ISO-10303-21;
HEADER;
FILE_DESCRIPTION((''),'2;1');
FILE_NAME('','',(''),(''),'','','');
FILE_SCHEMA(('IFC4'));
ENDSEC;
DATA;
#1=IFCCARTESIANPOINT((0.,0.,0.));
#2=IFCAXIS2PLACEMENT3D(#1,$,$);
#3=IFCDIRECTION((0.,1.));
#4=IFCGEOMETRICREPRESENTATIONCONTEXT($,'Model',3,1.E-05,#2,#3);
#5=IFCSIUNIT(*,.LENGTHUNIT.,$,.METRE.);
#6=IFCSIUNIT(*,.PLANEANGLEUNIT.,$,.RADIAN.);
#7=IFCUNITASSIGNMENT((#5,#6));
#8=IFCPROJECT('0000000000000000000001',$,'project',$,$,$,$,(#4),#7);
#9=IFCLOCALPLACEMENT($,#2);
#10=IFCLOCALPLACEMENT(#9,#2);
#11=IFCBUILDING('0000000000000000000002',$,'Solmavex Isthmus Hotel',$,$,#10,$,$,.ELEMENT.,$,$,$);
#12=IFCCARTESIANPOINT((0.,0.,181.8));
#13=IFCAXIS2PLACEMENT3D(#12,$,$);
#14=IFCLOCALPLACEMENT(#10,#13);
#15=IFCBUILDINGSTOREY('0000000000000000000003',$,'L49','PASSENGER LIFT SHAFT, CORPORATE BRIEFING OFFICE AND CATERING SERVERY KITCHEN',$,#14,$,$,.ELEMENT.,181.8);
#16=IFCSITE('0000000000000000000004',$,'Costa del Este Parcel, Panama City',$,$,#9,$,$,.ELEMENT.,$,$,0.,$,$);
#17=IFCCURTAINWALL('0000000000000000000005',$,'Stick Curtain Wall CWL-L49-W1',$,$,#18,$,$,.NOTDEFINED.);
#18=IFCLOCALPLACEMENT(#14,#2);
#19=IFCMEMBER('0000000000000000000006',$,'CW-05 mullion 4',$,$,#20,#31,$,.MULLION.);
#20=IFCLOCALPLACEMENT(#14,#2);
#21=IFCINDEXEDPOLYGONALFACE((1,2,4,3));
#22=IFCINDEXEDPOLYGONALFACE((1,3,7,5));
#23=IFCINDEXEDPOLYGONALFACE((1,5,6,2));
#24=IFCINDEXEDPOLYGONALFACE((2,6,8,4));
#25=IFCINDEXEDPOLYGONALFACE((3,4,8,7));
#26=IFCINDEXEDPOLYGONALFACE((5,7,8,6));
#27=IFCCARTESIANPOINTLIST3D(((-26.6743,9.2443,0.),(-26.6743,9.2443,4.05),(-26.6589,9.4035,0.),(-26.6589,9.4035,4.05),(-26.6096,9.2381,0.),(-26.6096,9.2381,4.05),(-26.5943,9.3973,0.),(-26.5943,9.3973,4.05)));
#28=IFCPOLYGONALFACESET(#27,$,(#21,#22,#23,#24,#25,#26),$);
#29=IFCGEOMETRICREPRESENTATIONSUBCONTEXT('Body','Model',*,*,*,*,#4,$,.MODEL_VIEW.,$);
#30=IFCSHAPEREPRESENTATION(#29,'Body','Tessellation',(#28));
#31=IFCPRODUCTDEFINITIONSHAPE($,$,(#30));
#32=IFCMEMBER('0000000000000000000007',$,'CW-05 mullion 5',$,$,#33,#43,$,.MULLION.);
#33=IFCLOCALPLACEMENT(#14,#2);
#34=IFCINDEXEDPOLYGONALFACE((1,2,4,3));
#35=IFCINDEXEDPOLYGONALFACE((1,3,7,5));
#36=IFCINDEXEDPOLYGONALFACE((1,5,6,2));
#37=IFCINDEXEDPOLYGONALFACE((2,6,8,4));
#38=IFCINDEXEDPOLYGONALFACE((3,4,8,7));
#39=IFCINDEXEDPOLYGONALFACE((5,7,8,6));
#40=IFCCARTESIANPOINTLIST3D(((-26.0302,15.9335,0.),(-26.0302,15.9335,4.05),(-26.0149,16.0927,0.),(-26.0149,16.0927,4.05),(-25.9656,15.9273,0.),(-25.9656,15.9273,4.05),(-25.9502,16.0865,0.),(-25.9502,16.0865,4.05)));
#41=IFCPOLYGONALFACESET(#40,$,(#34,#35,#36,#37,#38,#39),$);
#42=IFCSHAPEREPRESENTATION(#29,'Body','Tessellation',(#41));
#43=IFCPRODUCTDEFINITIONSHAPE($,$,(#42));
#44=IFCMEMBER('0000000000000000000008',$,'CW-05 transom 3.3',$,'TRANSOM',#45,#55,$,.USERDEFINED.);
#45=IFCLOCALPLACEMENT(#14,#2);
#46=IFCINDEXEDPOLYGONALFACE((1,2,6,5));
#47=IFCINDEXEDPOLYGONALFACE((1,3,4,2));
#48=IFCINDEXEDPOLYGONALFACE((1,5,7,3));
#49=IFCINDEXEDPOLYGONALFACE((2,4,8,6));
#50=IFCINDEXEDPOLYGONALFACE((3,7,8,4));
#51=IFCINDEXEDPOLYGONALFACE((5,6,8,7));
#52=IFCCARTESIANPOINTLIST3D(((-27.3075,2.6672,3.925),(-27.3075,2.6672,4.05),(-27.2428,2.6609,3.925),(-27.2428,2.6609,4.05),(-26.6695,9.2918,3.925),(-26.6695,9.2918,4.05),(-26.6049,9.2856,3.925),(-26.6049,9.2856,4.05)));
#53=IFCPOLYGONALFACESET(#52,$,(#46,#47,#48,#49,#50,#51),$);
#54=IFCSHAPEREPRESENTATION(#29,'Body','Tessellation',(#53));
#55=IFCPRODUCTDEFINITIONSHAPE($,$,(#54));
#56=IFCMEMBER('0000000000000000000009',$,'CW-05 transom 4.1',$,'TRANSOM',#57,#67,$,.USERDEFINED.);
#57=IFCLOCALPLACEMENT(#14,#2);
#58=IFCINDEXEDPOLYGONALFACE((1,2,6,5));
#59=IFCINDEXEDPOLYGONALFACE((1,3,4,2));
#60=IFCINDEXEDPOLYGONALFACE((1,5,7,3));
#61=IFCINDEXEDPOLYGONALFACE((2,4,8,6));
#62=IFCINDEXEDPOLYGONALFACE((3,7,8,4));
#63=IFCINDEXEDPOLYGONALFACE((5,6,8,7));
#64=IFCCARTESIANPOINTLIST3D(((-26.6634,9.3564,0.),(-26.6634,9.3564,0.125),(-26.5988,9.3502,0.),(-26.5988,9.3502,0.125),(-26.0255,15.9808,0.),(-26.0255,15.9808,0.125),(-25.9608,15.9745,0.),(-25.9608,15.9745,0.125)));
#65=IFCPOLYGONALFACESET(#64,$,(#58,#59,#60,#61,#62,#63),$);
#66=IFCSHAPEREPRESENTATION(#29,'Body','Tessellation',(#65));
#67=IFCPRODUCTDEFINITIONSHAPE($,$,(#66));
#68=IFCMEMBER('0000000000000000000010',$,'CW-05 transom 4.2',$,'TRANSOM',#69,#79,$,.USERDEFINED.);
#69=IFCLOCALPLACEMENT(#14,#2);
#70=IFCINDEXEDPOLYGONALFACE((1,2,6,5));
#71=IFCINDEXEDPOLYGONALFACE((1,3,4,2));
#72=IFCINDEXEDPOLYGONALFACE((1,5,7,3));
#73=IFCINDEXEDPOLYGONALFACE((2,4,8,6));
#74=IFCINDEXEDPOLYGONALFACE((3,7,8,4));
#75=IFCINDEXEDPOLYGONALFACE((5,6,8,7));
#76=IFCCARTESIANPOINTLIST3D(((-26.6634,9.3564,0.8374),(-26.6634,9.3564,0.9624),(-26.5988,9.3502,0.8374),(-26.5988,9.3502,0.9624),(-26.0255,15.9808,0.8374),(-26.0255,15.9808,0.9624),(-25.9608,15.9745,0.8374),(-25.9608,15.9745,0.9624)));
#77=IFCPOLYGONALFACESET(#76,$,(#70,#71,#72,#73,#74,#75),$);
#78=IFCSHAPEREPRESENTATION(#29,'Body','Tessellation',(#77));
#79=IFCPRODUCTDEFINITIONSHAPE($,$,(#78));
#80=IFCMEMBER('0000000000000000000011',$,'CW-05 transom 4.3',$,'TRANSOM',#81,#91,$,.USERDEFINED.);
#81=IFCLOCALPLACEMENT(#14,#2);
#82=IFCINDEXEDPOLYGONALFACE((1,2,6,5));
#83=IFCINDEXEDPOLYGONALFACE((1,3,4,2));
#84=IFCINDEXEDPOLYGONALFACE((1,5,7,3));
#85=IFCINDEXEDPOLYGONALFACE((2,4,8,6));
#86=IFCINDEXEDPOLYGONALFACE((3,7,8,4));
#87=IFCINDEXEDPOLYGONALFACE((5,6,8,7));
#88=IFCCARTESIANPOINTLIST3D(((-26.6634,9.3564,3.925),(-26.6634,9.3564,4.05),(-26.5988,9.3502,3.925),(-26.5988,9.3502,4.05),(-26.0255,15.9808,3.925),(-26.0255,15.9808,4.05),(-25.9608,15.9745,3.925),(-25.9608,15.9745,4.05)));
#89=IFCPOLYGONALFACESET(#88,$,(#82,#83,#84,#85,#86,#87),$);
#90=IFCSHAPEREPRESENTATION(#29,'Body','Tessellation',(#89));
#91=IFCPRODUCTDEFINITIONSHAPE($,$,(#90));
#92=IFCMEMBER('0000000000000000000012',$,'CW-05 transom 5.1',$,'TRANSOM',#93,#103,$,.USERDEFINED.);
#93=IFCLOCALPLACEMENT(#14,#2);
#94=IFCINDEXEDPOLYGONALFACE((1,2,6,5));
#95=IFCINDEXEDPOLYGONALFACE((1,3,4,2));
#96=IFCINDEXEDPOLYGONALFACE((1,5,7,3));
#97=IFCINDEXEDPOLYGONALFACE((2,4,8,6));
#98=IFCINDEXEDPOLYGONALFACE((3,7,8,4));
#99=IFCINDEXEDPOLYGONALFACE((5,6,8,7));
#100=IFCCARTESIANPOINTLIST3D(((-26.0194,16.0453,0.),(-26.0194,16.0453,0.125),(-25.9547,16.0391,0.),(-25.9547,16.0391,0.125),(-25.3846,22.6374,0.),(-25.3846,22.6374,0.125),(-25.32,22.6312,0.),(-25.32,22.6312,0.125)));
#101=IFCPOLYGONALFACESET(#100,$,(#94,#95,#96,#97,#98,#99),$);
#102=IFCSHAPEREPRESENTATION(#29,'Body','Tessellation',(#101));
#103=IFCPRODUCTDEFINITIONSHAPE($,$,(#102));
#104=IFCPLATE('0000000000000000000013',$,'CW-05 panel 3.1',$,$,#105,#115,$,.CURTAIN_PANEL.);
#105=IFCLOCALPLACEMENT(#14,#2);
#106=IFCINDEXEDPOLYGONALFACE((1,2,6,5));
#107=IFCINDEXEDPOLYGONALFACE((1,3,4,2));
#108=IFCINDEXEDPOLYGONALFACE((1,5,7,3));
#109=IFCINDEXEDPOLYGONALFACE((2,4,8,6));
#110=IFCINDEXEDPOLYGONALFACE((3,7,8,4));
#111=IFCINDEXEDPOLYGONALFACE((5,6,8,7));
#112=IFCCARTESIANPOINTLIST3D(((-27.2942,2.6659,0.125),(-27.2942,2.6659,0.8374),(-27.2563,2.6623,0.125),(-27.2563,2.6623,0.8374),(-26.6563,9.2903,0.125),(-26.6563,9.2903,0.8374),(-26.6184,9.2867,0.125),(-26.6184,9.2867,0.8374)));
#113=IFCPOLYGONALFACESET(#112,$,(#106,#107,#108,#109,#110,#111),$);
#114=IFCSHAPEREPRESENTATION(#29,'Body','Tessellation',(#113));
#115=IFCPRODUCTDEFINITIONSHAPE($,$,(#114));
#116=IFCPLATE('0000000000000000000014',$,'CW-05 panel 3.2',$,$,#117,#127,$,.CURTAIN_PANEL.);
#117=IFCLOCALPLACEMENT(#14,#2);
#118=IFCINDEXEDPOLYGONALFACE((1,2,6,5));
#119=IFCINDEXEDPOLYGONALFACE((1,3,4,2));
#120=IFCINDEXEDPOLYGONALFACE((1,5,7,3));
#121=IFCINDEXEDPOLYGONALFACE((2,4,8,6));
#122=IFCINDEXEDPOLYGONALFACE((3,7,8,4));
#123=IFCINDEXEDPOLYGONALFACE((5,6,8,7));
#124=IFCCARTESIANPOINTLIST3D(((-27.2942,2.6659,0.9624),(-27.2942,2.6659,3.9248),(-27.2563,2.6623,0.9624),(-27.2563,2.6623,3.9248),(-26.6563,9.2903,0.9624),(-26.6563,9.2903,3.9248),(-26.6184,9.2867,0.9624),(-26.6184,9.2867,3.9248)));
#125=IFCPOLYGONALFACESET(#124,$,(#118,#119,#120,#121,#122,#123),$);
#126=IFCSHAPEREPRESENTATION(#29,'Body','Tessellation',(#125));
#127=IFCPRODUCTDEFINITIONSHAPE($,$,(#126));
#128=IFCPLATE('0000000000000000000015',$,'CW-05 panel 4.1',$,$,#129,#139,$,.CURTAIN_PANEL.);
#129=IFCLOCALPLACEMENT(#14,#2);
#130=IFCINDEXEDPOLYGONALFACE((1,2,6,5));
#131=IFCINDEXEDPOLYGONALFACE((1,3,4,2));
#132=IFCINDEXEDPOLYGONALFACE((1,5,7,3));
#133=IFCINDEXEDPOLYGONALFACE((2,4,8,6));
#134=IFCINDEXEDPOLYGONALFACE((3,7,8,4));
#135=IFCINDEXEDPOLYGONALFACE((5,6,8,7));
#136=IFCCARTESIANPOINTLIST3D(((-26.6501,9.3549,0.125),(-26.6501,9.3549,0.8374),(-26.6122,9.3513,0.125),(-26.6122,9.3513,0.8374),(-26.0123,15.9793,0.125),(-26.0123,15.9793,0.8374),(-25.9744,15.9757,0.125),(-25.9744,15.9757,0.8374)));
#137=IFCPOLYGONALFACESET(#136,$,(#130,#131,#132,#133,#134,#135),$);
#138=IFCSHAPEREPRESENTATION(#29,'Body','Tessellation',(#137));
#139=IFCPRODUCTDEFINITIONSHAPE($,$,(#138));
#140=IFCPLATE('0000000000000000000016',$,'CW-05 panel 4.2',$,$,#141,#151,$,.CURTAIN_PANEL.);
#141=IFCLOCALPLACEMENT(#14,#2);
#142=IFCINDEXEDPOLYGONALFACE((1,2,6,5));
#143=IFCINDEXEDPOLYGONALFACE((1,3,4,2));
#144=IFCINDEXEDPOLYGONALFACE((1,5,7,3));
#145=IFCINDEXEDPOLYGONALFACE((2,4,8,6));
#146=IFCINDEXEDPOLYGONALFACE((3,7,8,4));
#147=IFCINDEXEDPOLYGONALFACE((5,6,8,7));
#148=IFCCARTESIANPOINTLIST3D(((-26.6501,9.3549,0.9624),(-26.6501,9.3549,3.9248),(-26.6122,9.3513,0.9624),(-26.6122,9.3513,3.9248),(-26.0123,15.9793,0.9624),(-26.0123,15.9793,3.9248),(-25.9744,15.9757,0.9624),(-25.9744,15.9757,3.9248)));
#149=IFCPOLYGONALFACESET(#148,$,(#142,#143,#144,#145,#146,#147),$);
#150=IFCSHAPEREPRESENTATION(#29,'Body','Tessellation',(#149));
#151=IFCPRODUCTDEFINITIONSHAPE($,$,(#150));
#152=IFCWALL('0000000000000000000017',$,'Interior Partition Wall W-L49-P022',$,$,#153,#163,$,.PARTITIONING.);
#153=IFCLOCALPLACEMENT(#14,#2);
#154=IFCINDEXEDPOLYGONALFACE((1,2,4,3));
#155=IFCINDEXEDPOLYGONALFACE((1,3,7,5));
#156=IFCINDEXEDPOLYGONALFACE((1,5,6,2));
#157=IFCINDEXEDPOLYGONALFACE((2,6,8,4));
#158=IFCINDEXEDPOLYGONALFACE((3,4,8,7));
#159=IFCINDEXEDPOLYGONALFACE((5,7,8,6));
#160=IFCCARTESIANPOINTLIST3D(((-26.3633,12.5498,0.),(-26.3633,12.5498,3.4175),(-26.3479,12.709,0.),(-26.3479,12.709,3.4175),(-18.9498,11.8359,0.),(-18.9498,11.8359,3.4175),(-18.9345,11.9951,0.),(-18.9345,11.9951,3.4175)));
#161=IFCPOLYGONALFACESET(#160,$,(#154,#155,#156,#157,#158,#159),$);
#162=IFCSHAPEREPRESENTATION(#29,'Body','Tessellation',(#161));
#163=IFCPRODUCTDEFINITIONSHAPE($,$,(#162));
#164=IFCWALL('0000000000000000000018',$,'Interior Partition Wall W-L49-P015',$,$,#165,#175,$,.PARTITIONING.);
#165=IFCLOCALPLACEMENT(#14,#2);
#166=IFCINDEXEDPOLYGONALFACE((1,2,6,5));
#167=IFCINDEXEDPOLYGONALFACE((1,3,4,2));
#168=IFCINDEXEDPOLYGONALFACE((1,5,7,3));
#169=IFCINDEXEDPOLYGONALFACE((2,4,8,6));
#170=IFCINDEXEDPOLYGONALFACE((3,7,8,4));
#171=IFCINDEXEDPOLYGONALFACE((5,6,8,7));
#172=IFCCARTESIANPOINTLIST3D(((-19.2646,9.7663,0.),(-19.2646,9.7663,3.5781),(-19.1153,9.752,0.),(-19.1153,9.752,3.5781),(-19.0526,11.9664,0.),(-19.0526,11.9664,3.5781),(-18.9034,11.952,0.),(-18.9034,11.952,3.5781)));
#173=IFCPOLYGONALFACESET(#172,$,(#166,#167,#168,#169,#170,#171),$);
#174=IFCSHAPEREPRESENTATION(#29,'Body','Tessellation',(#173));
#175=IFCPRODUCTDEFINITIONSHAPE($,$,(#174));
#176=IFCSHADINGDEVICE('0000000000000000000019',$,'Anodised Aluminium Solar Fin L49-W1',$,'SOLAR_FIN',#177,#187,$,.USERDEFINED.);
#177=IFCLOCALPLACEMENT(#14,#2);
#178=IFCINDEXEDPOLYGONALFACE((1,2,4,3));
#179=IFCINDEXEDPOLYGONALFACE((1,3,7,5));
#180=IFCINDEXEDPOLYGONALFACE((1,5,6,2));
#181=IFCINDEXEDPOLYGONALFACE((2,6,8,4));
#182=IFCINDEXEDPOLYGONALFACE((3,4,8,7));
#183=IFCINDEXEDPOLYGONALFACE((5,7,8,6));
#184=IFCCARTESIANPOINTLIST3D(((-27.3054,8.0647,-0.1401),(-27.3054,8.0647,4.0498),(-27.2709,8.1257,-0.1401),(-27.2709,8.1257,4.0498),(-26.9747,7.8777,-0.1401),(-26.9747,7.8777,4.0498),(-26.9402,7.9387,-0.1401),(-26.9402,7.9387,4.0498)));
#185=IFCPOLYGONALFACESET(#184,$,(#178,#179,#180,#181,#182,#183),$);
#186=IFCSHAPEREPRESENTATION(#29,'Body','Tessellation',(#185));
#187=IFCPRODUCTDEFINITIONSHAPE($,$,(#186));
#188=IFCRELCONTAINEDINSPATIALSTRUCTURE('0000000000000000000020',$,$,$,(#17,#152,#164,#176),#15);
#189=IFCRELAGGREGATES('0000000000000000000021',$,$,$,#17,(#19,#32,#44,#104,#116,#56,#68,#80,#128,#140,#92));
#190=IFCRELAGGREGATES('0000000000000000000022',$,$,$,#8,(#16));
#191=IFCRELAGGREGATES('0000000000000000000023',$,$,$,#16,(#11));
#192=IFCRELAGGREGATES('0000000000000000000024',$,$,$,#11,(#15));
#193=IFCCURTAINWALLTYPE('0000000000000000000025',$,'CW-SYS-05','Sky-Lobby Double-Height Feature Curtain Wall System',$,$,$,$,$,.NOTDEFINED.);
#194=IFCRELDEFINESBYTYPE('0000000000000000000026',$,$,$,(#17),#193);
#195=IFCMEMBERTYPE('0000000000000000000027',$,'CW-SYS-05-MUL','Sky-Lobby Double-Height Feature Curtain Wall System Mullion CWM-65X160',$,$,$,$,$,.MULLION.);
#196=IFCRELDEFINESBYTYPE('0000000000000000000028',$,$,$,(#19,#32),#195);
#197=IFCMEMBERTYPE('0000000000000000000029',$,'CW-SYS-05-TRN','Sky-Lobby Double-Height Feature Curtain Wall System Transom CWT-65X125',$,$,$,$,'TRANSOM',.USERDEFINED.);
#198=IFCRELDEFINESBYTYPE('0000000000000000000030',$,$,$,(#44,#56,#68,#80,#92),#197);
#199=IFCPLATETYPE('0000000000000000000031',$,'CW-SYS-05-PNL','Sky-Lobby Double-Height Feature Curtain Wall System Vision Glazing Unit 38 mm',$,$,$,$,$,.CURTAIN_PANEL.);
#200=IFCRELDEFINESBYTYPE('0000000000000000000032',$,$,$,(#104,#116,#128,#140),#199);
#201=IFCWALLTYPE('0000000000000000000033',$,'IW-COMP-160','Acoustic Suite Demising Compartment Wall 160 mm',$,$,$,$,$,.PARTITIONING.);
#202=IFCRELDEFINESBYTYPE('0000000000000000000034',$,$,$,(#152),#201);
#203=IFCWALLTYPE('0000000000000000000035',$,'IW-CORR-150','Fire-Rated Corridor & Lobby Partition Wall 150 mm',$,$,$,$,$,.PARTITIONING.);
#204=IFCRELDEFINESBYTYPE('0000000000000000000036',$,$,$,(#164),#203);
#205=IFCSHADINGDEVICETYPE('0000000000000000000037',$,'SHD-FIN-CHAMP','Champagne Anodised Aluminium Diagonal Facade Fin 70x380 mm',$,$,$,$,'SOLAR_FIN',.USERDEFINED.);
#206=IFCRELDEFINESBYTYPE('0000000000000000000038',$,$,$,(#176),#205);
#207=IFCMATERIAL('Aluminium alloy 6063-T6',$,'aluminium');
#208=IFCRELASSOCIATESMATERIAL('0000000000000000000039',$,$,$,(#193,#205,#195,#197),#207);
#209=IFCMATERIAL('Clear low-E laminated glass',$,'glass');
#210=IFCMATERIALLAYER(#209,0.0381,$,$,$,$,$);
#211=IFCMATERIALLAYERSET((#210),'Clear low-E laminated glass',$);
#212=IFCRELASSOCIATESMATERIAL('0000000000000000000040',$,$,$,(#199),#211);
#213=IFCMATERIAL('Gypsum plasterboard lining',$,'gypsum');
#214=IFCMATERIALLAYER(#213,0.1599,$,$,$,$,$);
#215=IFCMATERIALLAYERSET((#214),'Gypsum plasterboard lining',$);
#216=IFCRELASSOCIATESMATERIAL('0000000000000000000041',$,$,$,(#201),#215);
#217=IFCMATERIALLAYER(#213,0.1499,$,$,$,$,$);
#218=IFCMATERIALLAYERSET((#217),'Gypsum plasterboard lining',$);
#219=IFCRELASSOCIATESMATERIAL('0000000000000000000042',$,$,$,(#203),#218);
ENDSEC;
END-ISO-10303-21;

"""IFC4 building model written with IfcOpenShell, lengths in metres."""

from ifc_helpers import new_model, si_unit, direction, frame, frame_2d, origin, origin_2d, place, context, subcontext, project, spatial, rectangle, extrude, material, layer, layer_set, material_profile, profile_set, type_object, element, aggregate, save


model = new_model("IFC4")

# Units and contexts
model_context = context("Model", 3, precision=1e-05, world=origin(), true_north=direction((0.0, 1.0)))
body_context = subcontext(model_context, "Body", "Model", "MODEL_VIEW")
ifc_project = project(units=[si_unit("LENGTHUNIT", "METRE"), si_unit("PLANEANGLEUNIT", "RADIAN")], contexts=[model_context])

# Site, building, storey
site_placement = place(None, origin())
site = spatial("IfcSite", under=ifc_project, at=site_placement, Name="Costa del Este Parcel, Panama City", CompositionType="ELEMENT", RefElevation=0.0)
building_placement = place(site_placement, origin())
building = spatial("IfcBuilding", under=site, at=building_placement, Name="Solmavex Isthmus Hotel", CompositionType="ELEMENT")
storey_placement = place(building_placement, frame((0.0, 0.0, 181.8)))
storey = spatial("IfcBuildingStorey", under=building, at=storey_placement, Name="L49", Description="PASSENGER LIFT SHAFT, CORPORATE BRIEFING OFFICE AND CATERING SERVERY KITCHEN", CompositionType="ELEMENT", Elevation=181.8)

# Curtain wall, members, plates
ifc_material_1 = material(Name="Aluminium alloy 6063-T6", Category="aluminium")
curtain_wall_type = type_object("IfcCurtainWallType", Name="CW-SYS-05", Description="Sky-Lobby Double-Height Feature Curtain Wall System", PredefinedType="NOTDEFINED", material=ifc_material_1)
curtain_wall_placement = place(storey_placement, origin())
curtain_wall = element("IfcCurtainWall", 1, at=curtain_wall_placement, inside=storey, type_object=curtain_wall_type, Name="Stick Curtain Wall CWL-L49-W1", PredefinedType="NOTDEFINED")
ifc_material_profile_1 = material_profile(ifc_material_1, rectangle(XDim=0.0649, YDim=0.1599, at=origin_2d()), Name="CWM-65X160")
ifc_profile_set_1 = profile_set([ifc_material_profile_1], Name="Aluminium alloy 6063-T6")
member_type_1 = type_object("IfcMemberType", Name="CW-SYS-05-MUL", Description="Sky-Lobby Double-Height Feature Curtain Wall System Mullion CWM-65X160", PredefinedType="MULLION", material=ifc_profile_set_1)
member_1_placement = place(storey_placement, frame((-26.6343, 9.3208, 0.0), z_axis=(0.0, 0.0, 1.0), x_axis=(-0.995396, 0.095846, 0.0)))
member_1 = element("IfcMember", 2, at=member_1_placement, type_object=member_type_1, Name="CW-05 mullion 4", PredefinedType="MULLION", context=body_context, shape_type="SweptSolid", body=[
    extrude(rectangle(XDim=0.0649, YDim=0.1599, at=origin_2d()), origin(), (0.0, 0.0, 1.0), 4.05),
])
member_2_placement = place(storey_placement, frame((-25.9902, 16.01, 0.0), z_axis=(0.0, 0.0, 1.0), x_axis=(-0.995396, 0.095846, 0.0)))
member_2 = element("IfcMember", 3, at=member_2_placement, type_object=member_type_1, Name="CW-05 mullion 5", PredefinedType="MULLION", context=body_context, shape_type="SweptSolid", body=[
    extrude(rectangle(XDim=0.0649, YDim=0.1599, at=origin_2d()), origin(), (0.0, 0.0, 1.0), 4.05),
])
ifc_material_profile_2 = material_profile(ifc_material_1, rectangle(XDim=0.0649, YDim=0.125, at=origin_2d()), Name="CWT-65X125")
ifc_profile_set_2 = profile_set([ifc_material_profile_2], Name="Aluminium alloy 6063-T6")
member_type_2 = type_object("IfcMemberType", Name="CW-SYS-05-TRN", Description="Sky-Lobby Double-Height Feature Curtain Wall System Transom CWT-65X125", ElementType="TRANSOM", PredefinedType="USERDEFINED", material=ifc_profile_set_2)
member_3_placement = place(storey_placement, frame((-27.2751, 2.6641, 3.9875), z_axis=(0.095856, 0.995395, 0.0), x_axis=(-0.995395, 0.095856, 0.0)))
member_3 = element("IfcMember", 4, at=member_3_placement, type_object=member_type_2, Name="CW-05 transom 3.3", ObjectType="TRANSOM", PredefinedType="USERDEFINED", context=body_context, shape_type="SweptSolid", body=[
    extrude(rectangle(XDim=0.0649, YDim=0.125, at=origin_2d()), origin(), (0.0, 0.0, 1.0), 6.6553),
])
member_4_placement = place(storey_placement, frame((-26.6311, 9.3533, 0.0625), z_axis=(0.09586, 0.995395, 0.0), x_axis=(-0.995395, 0.09586, 0.0)))
member_4 = element("IfcMember", 5, at=member_4_placement, type_object=member_type_2, Name="CW-05 transom 4.1", ObjectType="TRANSOM", PredefinedType="USERDEFINED", context=body_context, shape_type="SweptSolid", body=[
    extrude(rectangle(XDim=0.0649, YDim=0.125, at=origin_2d()), origin(), (0.0, 0.0, 1.0), 6.655),
])
member_5_placement = place(storey_placement, frame((-26.6311, 9.3533, 0.8999), z_axis=(0.09586, 0.995395, 0.0), x_axis=(-0.995395, 0.09586, 0.0)))
member_5 = element("IfcMember", 6, at=member_5_placement, type_object=member_type_2, Name="CW-05 transom 4.2", ObjectType="TRANSOM", PredefinedType="USERDEFINED", context=body_context, shape_type="SweptSolid", body=[
    extrude(rectangle(XDim=0.0649, YDim=0.125, at=origin_2d()), origin(), (0.0, 0.0, 1.0), 6.655),
])
member_6_placement = place(storey_placement, frame((-26.6311, 9.3533, 3.9875), z_axis=(0.09586, 0.995395, 0.0), x_axis=(-0.995395, 0.09586, 0.0)))
member_6 = element("IfcMember", 7, at=member_6_placement, type_object=member_type_2, Name="CW-05 transom 4.3", ObjectType="TRANSOM", PredefinedType="USERDEFINED", context=body_context, shape_type="SweptSolid", body=[
    extrude(rectangle(XDim=0.0649, YDim=0.125, at=origin_2d()), origin(), (0.0, 0.0, 1.0), 6.655),
])
member_7_placement = place(storey_placement, frame((-25.9871, 16.0422, 0.0625), z_axis=(0.095849, 0.995396, 0.0), x_axis=(-0.995396, 0.095849, 0.0)))
member_7 = element("IfcMember", 8, at=member_7_placement, type_object=member_type_2, Name="CW-05 transom 5.1", ObjectType="TRANSOM", PredefinedType="USERDEFINED", context=body_context, shape_type="SweptSolid", body=[
    extrude(rectangle(XDim=0.0649, YDim=0.125, at=origin_2d()), origin(), (0.0, 0.0, 1.0), 6.6226),
])
ifc_material_2 = material(Name="Clear low-E laminated glass", Category="glass")
ifc_layer_1 = layer(ifc_material_2, 0.0381)
ifc_layer_set_1 = layer_set([ifc_layer_1], Name="Clear low-E laminated glass")
plate_type = type_object("IfcPlateType", Name="CW-SYS-05-PNL", Description="Sky-Lobby Double-Height Feature Curtain Wall System Vision Glazing Unit 38 mm", PredefinedType="CURTAIN_PANEL", material=ifc_layer_set_1)
plate_1_placement = place(storey_placement, frame((-26.9563, 5.9763, 0.125), z_axis=(0.0, 0.0, 1.0), x_axis=(0.095846, 0.995396, 0.0)))
plate_1 = element("IfcPlate", 9, at=plate_1_placement, type_object=plate_type, Name="CW-05 panel 3.1", PredefinedType="CURTAIN_PANEL", context=body_context, shape_type="SweptSolid", body=[
    extrude(rectangle(XDim=6.655, YDim=0.0381, at=origin_2d()), origin(), (0.0, 0.0, 1.0), 0.7124),
])
plate_2_placement = place(storey_placement, frame((-26.9563, 5.9763, 0.9624), z_axis=(0.0, 0.0, 1.0), x_axis=(0.095846, 0.995396, 0.0)))
plate_2 = element("IfcPlate", 10, at=plate_2_placement, type_object=plate_type, Name="CW-05 panel 3.2", PredefinedType="CURTAIN_PANEL", context=body_context, shape_type="SweptSolid", body=[
    extrude(rectangle(XDim=6.655, YDim=0.0381, at=origin_2d()), origin(), (0.0, 0.0, 1.0), 2.9624),
])
plate_3_placement = place(storey_placement, frame((-26.3123, 12.6653, 0.125), z_axis=(0.0, 0.0, 1.0), x_axis=(0.095846, 0.995396, 0.0)))
plate_3 = element("IfcPlate", 11, at=plate_3_placement, type_object=plate_type, Name="CW-05 panel 4.1", PredefinedType="CURTAIN_PANEL", context=body_context, shape_type="SweptSolid", body=[
    extrude(rectangle(XDim=6.655, YDim=0.0381, at=origin_2d()), origin(), (0.0, 0.0, 1.0), 0.7124),
])
plate_4_placement = place(storey_placement, frame((-26.3123, 12.6653, 0.9624), z_axis=(0.0, 0.0, 1.0), x_axis=(0.095846, 0.995396, 0.0)))
plate_4 = element("IfcPlate", 12, at=plate_4_placement, type_object=plate_type, Name="CW-05 panel 4.2", PredefinedType="CURTAIN_PANEL", context=body_context, shape_type="SweptSolid", body=[
    extrude(rectangle(XDim=6.655, YDim=0.0381, at=origin_2d()), origin(), (0.0, 0.0, 1.0), 2.9624),
])
aggregate(curtain_wall, [member_1, member_2, member_3, plate_1, plate_2, member_4, member_5, member_6, plate_3, plate_4, member_7])

# Wall
ifc_material_3 = material(Name="Gypsum plasterboard lining", Category="gypsum")
ifc_layer_2 = layer(ifc_material_3, 0.1599)
ifc_layer_set_2 = layer_set([ifc_layer_2], Name="Gypsum plasterboard lining")
wall_type_1 = type_object("IfcWallType", Name="IW-COMP-160", Description="Acoustic Suite Demising Compartment Wall 160 mm", PredefinedType="PARTITIONING", material=ifc_layer_set_2)
wall_1_placement = place(storey_placement, frame((-18.9421, 11.9155, 0.0), z_axis=(0.0, 0.0, 1.0), x_axis=(-0.995396, 0.095849, 0.0)))
element("IfcWall", 13, at=wall_1_placement, inside=storey, type_object=wall_type_1, Name="Interior Partition Wall W-L49-P022", PredefinedType="PARTITIONING", context=body_context, shape_type="SweptSolid", body=[
    extrude(rectangle(XDim=7.4478, YDim=0.1599, at=frame_2d((3.7239, 0.0))), origin(), (0.0, 0.0, 1.0), 3.4175),
])

# Shared definitions
ifc_layer_3 = layer(ifc_material_3, 0.1499)
ifc_layer_set_3 = layer_set([ifc_layer_3], Name="Gypsum plasterboard lining")
wall_type_2 = type_object("IfcWallType", Name="IW-CORR-150", Description="Fire-Rated Corridor & Lobby Partition Wall 150 mm", PredefinedType="PARTITIONING", material=ifc_layer_set_3)

# Wall
wall_2_placement = place(storey_placement, frame((-19.1899, 9.7593, 0.0), z_axis=(0.0, 0.0, 1.0), x_axis=(0.095883, 0.995393, 0.0)))
element("IfcWall", 14, at=wall_2_placement, inside=storey, type_object=wall_type_2, Name="Interior Partition Wall W-L49-P015", PredefinedType="PARTITIONING", context=body_context, shape_type="SweptSolid", body=[
    extrude(rectangle(XDim=2.2102, YDim=0.1499, at=frame_2d((1.105, 0.0))), origin(), (0.0, 0.0, 1.0), 3.5781),
])

# Shading device
shading_device_type = type_object("IfcShadingDeviceType", Name="SHD-FIN-CHAMP", Description="Champagne Anodised Aluminium Diagonal Facade Fin 70x380 mm", ElementType="SOLAR_FIN", PredefinedType="USERDEFINED", material=ifc_material_1)
shading_device_placement = place(storey_placement, frame((-27.1228, 8.0017, -0.1401), z_axis=(0.0, 0.0, 1.0), x_axis=(-0.870356, 0.492424, 0.0)))
element("IfcShadingDevice", 15, at=shading_device_placement, inside=storey, type_object=shading_device_type, Name="Anodised Aluminium Solar Fin L49-W1", ObjectType="SOLAR_FIN", PredefinedType="USERDEFINED", context=body_context, shape_type="SweptSolid", body=[
    extrude(rectangle(XDim=0.3799, YDim=0.0701, at=origin_2d()), origin(), (0.0, 0.0, 1.0), 4.1899),
])

save(model, "model.ifc")
